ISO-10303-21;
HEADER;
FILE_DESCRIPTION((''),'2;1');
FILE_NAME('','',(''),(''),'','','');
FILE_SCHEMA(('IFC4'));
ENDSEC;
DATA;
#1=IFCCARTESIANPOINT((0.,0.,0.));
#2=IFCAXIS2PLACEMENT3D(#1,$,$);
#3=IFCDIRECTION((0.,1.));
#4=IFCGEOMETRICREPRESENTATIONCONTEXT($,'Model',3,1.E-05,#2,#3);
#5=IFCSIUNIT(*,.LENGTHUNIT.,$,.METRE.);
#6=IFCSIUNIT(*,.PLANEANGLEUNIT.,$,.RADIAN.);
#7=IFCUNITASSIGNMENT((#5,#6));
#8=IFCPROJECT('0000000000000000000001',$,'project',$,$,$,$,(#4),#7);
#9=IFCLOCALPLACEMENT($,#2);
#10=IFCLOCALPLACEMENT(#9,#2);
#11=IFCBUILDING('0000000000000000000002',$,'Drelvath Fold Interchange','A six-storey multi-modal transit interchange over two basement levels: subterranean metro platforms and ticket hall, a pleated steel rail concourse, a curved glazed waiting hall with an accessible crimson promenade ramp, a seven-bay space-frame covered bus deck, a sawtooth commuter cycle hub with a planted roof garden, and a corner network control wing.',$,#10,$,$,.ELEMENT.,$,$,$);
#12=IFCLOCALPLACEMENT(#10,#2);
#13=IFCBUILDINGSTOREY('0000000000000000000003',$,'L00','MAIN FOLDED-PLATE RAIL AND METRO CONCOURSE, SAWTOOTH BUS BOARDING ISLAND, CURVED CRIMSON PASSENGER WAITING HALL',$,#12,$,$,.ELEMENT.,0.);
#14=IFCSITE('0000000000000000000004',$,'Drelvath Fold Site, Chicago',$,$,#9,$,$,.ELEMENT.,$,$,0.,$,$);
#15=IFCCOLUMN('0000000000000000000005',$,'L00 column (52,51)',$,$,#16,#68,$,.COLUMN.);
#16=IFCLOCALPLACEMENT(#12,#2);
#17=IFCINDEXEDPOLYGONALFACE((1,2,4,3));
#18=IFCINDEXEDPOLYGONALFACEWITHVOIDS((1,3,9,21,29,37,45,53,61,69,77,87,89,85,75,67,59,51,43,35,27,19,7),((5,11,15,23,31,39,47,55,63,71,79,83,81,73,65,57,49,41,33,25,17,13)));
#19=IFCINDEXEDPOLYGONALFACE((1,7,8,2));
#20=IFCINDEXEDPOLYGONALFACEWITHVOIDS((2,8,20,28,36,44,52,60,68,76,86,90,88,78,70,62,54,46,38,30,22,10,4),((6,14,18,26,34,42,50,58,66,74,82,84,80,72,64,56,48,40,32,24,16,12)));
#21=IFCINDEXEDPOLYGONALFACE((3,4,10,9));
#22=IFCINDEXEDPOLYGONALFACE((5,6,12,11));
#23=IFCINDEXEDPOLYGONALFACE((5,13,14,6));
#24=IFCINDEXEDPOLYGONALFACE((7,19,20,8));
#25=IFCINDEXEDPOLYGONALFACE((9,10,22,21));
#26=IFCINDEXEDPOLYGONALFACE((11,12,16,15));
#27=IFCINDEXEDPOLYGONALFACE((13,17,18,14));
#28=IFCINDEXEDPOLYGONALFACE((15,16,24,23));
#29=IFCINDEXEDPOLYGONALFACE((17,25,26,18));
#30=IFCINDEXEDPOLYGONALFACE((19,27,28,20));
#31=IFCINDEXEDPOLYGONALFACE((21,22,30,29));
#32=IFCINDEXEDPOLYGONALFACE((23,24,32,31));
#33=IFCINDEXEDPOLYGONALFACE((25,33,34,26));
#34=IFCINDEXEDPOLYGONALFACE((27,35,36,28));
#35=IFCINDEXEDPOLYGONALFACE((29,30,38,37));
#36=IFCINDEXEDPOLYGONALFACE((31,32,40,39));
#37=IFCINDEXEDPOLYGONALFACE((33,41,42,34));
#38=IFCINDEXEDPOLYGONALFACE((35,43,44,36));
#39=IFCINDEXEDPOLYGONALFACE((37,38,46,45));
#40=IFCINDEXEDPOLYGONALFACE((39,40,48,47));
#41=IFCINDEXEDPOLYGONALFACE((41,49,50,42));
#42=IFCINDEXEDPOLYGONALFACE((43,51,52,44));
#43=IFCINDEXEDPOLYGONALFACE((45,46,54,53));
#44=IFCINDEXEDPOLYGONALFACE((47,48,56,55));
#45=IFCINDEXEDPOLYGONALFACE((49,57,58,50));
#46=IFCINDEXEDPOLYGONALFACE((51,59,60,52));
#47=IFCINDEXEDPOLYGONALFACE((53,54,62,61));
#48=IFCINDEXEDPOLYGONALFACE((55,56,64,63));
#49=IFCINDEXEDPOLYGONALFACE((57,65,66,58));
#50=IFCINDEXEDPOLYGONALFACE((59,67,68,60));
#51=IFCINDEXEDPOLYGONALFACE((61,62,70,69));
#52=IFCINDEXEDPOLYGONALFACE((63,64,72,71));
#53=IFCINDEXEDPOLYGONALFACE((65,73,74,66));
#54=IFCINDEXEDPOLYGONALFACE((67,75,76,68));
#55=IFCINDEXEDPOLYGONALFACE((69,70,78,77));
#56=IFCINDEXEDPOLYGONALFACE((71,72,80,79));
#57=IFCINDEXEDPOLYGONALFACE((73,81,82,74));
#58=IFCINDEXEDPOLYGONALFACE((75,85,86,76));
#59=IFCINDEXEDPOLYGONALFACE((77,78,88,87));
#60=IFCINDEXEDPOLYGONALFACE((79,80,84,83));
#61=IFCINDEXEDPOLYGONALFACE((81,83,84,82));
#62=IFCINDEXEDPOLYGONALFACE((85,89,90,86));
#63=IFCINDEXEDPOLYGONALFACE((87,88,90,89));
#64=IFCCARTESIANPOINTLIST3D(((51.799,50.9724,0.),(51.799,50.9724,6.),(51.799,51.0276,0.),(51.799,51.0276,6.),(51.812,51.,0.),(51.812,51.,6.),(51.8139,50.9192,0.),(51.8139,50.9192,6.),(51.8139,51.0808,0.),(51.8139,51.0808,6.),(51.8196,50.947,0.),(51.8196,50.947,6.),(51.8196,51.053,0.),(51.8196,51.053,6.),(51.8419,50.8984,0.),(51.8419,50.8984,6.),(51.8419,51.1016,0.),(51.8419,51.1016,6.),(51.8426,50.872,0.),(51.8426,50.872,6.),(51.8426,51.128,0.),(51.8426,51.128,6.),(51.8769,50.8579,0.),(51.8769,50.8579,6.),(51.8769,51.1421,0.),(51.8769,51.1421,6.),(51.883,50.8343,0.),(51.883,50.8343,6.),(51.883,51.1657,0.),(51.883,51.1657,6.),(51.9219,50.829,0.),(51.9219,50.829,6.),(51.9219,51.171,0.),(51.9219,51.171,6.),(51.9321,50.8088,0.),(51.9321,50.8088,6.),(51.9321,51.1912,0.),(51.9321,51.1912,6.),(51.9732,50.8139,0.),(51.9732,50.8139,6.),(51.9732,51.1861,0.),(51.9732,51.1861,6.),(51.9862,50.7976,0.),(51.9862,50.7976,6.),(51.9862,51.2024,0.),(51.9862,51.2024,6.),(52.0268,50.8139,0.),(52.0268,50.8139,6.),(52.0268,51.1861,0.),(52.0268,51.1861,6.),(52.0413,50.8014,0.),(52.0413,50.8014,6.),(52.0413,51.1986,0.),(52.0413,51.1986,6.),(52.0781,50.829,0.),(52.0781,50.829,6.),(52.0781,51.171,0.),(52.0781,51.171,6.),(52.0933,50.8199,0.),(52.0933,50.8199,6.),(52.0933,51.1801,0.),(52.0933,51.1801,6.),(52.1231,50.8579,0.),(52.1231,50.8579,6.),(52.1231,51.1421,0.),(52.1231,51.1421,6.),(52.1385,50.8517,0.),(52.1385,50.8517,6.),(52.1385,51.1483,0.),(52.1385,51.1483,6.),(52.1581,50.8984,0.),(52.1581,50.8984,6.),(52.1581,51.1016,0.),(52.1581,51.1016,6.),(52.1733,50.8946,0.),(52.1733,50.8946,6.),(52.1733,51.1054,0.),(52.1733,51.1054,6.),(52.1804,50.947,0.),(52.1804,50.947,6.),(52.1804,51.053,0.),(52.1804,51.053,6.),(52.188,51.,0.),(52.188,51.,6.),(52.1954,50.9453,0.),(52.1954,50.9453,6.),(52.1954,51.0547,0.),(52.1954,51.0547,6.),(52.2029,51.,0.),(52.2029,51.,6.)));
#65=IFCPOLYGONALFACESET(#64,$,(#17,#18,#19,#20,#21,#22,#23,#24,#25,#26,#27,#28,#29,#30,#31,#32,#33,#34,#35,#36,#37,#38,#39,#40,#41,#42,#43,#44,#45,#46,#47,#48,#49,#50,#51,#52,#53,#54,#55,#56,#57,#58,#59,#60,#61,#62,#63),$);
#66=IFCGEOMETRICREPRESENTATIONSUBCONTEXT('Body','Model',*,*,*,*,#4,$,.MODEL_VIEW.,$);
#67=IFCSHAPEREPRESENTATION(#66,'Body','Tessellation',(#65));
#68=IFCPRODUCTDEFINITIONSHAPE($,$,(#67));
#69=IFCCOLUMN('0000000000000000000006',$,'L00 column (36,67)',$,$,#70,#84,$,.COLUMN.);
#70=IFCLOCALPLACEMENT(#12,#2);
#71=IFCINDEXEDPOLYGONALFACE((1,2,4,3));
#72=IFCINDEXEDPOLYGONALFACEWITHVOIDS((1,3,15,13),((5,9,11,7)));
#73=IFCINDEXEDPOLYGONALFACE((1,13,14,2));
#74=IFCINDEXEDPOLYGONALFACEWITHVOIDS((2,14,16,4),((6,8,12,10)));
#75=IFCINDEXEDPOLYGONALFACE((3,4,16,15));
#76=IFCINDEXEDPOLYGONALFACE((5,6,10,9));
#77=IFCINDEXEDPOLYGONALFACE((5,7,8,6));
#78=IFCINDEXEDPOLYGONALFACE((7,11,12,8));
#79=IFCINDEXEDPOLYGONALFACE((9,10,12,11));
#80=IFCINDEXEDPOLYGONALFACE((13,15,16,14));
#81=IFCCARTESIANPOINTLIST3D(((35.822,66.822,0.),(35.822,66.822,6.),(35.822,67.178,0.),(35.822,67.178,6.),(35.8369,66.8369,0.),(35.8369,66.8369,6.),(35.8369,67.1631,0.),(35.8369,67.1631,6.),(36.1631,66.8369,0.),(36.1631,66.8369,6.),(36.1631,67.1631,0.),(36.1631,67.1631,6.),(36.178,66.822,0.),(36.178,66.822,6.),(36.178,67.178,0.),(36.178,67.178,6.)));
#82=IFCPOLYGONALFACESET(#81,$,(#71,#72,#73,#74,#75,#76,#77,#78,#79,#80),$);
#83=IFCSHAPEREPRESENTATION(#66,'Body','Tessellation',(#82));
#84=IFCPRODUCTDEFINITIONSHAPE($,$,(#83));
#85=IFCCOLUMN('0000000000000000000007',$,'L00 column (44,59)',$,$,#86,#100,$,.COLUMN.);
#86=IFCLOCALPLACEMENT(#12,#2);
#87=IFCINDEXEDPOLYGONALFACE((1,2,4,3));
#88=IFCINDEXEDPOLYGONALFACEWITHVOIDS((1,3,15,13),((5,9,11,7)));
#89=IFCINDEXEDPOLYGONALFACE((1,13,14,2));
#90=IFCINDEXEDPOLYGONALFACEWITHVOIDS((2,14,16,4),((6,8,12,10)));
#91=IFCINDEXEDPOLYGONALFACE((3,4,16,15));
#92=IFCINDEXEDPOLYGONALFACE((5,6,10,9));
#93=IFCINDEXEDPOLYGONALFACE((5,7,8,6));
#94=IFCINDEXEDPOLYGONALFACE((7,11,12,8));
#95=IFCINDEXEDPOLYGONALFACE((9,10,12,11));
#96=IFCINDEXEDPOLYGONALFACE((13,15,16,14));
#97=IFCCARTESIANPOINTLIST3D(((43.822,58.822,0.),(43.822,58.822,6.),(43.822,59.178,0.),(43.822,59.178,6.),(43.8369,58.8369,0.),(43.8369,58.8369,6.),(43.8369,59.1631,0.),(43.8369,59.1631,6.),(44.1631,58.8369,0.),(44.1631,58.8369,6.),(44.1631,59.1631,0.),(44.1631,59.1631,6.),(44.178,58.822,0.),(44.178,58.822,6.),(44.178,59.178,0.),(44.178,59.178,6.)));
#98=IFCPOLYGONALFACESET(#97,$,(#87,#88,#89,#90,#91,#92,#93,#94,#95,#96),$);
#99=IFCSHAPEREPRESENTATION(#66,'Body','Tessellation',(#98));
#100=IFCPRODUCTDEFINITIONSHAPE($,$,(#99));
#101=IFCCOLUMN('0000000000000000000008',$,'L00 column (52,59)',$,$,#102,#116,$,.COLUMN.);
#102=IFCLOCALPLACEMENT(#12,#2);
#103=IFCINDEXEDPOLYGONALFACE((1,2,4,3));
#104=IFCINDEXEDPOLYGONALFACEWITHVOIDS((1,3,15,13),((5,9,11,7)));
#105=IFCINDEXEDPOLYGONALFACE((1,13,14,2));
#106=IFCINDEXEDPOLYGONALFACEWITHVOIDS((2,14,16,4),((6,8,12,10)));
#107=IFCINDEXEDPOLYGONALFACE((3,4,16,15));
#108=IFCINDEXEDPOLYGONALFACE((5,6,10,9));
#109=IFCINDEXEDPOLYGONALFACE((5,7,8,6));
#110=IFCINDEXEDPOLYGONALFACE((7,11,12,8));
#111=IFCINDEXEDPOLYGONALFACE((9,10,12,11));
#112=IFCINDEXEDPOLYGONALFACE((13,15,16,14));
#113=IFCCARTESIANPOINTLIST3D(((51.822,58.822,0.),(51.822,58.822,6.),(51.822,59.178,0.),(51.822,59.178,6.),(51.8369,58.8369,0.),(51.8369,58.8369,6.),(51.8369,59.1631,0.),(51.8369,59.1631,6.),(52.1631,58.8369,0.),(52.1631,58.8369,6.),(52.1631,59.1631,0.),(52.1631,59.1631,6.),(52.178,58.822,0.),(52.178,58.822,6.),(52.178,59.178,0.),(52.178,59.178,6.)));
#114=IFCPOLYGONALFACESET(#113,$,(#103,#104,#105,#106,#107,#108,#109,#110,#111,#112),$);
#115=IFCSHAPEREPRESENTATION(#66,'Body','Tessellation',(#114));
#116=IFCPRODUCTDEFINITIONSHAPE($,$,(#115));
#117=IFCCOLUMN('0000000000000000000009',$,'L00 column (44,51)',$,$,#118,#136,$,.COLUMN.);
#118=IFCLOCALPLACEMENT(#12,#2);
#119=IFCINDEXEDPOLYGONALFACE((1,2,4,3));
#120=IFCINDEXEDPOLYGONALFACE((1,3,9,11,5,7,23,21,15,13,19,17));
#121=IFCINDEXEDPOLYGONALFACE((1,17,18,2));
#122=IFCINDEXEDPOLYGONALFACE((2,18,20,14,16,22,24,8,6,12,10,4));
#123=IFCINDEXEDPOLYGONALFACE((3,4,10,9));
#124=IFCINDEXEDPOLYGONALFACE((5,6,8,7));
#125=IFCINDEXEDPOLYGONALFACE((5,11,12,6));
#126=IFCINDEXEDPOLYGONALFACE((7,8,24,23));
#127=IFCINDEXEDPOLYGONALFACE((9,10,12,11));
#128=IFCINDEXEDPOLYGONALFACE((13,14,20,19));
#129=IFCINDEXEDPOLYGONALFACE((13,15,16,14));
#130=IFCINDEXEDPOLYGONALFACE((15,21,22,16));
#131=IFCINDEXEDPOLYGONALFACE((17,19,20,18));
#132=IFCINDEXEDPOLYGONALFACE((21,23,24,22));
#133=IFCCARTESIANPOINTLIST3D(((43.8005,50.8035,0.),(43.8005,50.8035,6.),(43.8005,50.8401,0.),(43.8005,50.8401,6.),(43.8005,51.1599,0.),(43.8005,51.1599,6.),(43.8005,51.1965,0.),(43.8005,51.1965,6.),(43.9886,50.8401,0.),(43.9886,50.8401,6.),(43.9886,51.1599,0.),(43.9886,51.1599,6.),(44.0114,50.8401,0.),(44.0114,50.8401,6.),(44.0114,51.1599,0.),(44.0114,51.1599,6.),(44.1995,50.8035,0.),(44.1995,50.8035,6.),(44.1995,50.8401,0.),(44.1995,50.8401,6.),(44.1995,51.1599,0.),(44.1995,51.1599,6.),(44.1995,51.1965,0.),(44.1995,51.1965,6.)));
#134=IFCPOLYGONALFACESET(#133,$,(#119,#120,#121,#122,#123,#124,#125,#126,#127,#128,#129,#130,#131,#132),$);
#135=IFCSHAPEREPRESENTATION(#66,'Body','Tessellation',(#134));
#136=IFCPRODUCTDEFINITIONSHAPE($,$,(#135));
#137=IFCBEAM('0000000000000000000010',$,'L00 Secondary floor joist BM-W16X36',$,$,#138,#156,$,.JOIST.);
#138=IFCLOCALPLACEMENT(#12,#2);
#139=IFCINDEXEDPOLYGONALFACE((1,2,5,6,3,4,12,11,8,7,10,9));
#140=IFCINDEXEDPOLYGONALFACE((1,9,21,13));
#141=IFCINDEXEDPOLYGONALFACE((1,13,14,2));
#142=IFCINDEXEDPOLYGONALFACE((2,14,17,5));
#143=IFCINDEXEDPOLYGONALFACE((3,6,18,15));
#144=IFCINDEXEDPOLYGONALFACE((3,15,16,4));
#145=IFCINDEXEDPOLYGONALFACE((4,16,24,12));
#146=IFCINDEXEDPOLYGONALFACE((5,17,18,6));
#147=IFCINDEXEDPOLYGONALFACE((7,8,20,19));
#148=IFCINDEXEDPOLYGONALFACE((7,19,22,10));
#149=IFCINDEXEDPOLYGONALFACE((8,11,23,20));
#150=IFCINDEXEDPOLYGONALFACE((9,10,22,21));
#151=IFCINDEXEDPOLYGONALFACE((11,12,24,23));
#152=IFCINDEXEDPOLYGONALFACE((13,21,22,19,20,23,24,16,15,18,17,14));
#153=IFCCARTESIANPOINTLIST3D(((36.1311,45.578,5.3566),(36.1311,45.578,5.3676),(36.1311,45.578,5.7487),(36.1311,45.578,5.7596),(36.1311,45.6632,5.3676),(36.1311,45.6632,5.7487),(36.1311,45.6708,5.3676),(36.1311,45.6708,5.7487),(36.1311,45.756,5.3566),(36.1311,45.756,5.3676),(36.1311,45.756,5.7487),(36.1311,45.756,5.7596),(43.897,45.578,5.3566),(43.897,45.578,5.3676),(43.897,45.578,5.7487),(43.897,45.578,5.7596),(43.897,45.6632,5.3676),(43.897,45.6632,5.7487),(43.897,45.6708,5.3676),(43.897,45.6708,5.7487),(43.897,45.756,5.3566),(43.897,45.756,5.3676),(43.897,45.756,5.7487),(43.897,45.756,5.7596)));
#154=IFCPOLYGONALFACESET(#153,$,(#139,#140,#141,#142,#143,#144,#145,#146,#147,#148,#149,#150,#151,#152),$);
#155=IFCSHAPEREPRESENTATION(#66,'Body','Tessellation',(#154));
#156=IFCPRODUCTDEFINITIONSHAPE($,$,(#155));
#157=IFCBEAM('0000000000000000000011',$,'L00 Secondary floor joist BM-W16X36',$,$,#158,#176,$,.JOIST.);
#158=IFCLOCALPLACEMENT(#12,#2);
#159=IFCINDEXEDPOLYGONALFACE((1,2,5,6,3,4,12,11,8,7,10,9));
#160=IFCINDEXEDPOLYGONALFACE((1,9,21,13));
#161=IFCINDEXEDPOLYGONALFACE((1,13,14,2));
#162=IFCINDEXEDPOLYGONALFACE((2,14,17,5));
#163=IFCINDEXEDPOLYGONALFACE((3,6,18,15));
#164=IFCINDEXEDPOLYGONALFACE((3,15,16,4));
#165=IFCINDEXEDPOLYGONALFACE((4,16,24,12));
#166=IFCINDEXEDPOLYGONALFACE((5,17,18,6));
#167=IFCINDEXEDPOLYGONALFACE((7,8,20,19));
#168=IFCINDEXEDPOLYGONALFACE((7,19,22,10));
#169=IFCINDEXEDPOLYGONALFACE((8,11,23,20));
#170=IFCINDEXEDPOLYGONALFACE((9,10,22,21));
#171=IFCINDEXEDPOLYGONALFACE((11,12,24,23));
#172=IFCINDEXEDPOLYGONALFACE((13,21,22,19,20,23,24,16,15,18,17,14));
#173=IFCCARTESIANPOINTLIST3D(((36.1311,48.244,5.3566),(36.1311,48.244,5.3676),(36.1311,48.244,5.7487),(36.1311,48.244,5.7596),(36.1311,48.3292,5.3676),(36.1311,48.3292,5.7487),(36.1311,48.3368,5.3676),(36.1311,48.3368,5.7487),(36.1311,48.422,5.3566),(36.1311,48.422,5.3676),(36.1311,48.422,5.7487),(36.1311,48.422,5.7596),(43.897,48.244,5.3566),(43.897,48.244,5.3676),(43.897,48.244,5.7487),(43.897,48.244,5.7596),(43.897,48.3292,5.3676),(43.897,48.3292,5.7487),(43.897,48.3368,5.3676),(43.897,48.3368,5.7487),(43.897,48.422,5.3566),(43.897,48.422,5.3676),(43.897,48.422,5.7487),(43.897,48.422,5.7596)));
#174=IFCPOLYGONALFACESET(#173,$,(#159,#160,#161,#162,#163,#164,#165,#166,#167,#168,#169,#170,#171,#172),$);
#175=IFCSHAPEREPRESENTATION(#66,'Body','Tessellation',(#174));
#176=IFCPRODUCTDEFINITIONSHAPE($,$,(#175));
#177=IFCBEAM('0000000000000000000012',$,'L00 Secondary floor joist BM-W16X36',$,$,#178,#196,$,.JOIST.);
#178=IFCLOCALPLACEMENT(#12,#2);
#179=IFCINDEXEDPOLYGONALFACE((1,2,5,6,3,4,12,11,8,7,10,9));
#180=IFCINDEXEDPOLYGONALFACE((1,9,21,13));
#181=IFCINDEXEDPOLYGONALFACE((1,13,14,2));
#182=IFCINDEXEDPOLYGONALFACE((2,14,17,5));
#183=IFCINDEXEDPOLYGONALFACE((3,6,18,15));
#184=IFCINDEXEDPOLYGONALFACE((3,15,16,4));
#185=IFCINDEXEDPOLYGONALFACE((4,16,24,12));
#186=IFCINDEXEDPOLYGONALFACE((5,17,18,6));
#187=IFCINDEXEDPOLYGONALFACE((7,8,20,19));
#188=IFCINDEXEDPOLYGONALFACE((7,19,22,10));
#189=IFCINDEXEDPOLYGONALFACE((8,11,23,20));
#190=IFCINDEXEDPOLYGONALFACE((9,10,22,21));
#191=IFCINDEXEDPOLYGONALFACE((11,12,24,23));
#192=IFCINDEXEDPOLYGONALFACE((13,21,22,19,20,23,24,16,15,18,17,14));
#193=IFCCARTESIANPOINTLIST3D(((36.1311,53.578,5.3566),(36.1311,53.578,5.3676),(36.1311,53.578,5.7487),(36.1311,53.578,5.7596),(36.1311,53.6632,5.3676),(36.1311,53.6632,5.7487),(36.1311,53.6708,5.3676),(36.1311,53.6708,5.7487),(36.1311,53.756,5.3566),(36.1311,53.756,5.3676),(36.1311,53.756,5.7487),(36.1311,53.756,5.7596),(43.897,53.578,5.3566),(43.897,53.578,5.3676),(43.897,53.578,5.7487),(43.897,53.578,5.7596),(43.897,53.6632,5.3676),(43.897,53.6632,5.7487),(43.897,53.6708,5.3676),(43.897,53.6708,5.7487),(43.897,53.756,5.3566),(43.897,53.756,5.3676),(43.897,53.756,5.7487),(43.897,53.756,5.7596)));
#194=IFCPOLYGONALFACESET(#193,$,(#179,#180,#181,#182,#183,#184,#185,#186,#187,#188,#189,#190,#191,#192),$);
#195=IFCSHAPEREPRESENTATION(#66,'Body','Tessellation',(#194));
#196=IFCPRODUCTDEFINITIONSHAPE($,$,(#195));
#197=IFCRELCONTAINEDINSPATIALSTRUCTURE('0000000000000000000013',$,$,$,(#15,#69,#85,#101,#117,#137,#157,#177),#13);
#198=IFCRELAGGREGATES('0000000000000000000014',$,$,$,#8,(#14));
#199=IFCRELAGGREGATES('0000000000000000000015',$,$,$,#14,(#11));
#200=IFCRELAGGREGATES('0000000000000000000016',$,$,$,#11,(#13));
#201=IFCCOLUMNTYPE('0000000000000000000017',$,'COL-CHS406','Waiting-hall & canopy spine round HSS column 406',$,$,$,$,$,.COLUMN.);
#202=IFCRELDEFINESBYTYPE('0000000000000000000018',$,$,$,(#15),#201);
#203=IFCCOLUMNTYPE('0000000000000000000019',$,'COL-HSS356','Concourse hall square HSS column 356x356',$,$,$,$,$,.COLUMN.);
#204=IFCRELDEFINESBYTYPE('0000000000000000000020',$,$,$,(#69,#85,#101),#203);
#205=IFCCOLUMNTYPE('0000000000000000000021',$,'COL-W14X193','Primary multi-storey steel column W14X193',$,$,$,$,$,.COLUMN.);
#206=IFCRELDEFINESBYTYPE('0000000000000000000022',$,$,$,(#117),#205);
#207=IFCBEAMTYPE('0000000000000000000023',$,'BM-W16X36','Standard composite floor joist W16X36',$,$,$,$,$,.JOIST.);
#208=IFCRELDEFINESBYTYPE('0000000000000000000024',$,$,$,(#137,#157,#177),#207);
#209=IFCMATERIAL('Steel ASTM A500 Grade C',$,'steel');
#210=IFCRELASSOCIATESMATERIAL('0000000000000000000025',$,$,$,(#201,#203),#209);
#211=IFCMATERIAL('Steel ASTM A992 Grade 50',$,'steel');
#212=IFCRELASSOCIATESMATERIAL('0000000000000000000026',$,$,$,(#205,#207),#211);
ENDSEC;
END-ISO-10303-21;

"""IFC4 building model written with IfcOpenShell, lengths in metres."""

from ifc_helpers import new_model, si_unit, direction, frame, origin, origin_2d, place, context, subcontext, project, spatial, hollow_rectangle, hollow_circle, i_section, extrude, material, material_profile, profile_set, type_object, element, save


model = new_model("IFC4")

# Units and contexts
model_context = context("Model", 3, precision=1e-05, world=origin(), true_north=direction((0.0, 1.0)))
body_context = subcontext(model_context, "Body", "Model", "MODEL_VIEW")
ifc_project = project(units=[si_unit("LENGTHUNIT", "METRE"), si_unit("PLANEANGLEUNIT", "RADIAN")], contexts=[model_context])

# Site, building, storey
site_placement = place(None, origin())
site = spatial("IfcSite", under=ifc_project, at=site_placement, Name="Drelvath Fold Site, Chicago", CompositionType="ELEMENT", RefElevation=0.0)
building_placement = place(site_placement, origin())
building = spatial("IfcBuilding", under=site, at=building_placement, Name="Drelvath Fold Interchange", Description="A six-storey multi-modal transit interchange over two basement levels: subterranean metro platforms and ticket hall, a pleated steel rail concourse, a curved glazed waiting hall with an accessible crimson promenade ramp, a seven-bay space-frame covered bus deck, a sawtooth commuter cycle hub with a planted roof garden, and a corner network control wing.", CompositionType="ELEMENT")
storey_placement = place(building_placement, origin())
storey = spatial("IfcBuildingStorey", under=building, at=storey_placement, Name="L00", Description="MAIN FOLDED-PLATE RAIL AND METRO CONCOURSE, SAWTOOTH BUS BOARDING ISLAND, CURVED CRIMSON PASSENGER WAITING HALL", CompositionType="ELEMENT", Elevation=0.0)

# Columns
ifc_material_1 = material(Name="Steel ASTM A500 Grade C", Category="steel")
ifc_material_profile_1 = material_profile(ifc_material_1, hollow_circle(Radius=0.2029, WallThickness=0.0149, at=origin_2d()), Name="HSS16.000X0.625")
ifc_profile_set_1 = profile_set([ifc_material_profile_1], Name="Steel ASTM A500 Grade C")
column_type_1 = type_object("IfcColumnType", Name="COL-CHS406", Description="Waiting-hall & canopy spine round HSS column 406", PredefinedType="COLUMN", material=ifc_profile_set_1)
column_1_placement = place(storey_placement, frame((52.0, 51.0, 0.0), z_axis=(0.0, 0.0, 1.0), x_axis=(1.0, 0.0, 0.0)))
element("IfcColumn", 1, at=column_1_placement, inside=storey, type_object=column_type_1, Name="L00 column (52,51)", PredefinedType="COLUMN", context=body_context, shape_type="SweptSolid", body=[
    extrude(hollow_circle(Radius=0.2029, WallThickness=0.0149, at=origin_2d()), origin(), (0.0, 0.0, 1.0), 6.0),
])
ifc_material_profile_2 = material_profile(ifc_material_1, hollow_rectangle(XDim=0.356, YDim=0.356, WallThickness=0.0149, at=origin_2d()), Name="HSS14X14X5/8")
ifc_profile_set_2 = profile_set([ifc_material_profile_2], Name="Steel ASTM A500 Grade C")
column_type_2 = type_object("IfcColumnType", Name="COL-HSS356", Description="Concourse hall square HSS column 356x356", PredefinedType="COLUMN", material=ifc_profile_set_2)
for number, where, z_axis, x_axis, name in (
    (2, (36.0, 67.0, 0.0), (0.0, 0.0, 1.0), (1.0, 0.0, 0.0), "L00 column (36,67)"),
    (3, (44.0, 59.0, 0.0), (0.0, 0.0, 1.0), (1.0, 0.0, 0.0), "L00 column (44,59)"),
    (4, (52.0, 59.0, 0.0), (0.0, 0.0, 1.0), (1.0, 0.0, 0.0), "L00 column (52,59)"),
):
    element("IfcColumn", number, at=place(storey_placement, frame(where, z_axis=z_axis, x_axis=x_axis)), inside=storey, type_object=column_type_2, Name=name, PredefinedType="COLUMN", context=body_context, shape_type="SweptSolid", body=[
        extrude(hollow_rectangle(XDim=0.356, YDim=0.356, WallThickness=0.0149, at=origin_2d()), origin(), (0.0, 0.0, 1.0), 6.0),
    ])
ifc_material_2 = material(Name="Steel ASTM A992 Grade 50", Category="steel")
ifc_material_profile_3 = material_profile(ifc_material_2, i_section(OverallWidth=0.3989, OverallDepth=0.3931, WebThickness=0.0227, FlangeThickness=0.0366, at=origin_2d()), Name="W14X193")
ifc_profile_set_3 = profile_set([ifc_material_profile_3], Name="Steel ASTM A992 Grade 50")
column_type_3 = type_object("IfcColumnType", Name="COL-W14X193", Description="Primary multi-storey steel column W14X193", PredefinedType="COLUMN", material=ifc_profile_set_3)
column_2_placement = place(storey_placement, frame((44.0, 51.0, 0.0), z_axis=(0.0, 0.0, 1.0), x_axis=(1.0, 0.0, 0.0)))
element("IfcColumn", 5, at=column_2_placement, inside=storey, type_object=column_type_3, Name="L00 column (44,51)", PredefinedType="COLUMN", context=body_context, shape_type="SweptSolid", body=[
    extrude(i_section(OverallWidth=0.3989, OverallDepth=0.3931, WebThickness=0.0227, FlangeThickness=0.0366, at=origin_2d()), origin(), (0.0, 0.0, 1.0), 6.0),
])

# Beams
ifc_material_profile_4 = material_profile(ifc_material_2, i_section(OverallWidth=0.178, OverallDepth=0.4031, WebThickness=0.0076, FlangeThickness=0.011, at=origin_2d()), Name="W16X36")
ifc_profile_set_4 = profile_set([ifc_material_profile_4], Name="Steel ASTM A992 Grade 50")
beam_type_1 = type_object("IfcBeamType", Name="BM-W16X36", Description="Standard composite floor joist W16X36", PredefinedType="JOIST", material=ifc_profile_set_4)
for number, where, z_axis, x_axis, name in (
    (6, (36.1311, 45.667, 5.5581), (1.0, 0.0, 0.0), (0.0, 1.0, 0.0), "L00 Secondary floor joist BM-W16X36"),
    (7, (36.1311, 48.333, 5.5581), (1.0, 0.0, 0.0), (0.0, 1.0, 0.0), "L00 Secondary floor joist BM-W16X36"),
    (8, (36.1311, 53.667, 5.5581), (1.0, 0.0, 0.0), (0.0, 1.0, 0.0), "L00 Secondary floor joist BM-W16X36"),
):
    element("IfcBeam", number, at=place(storey_placement, frame(where, z_axis=z_axis, x_axis=x_axis)), inside=storey, type_object=beam_type_1, Name=name, PredefinedType="JOIST", context=body_context, shape_type="SweptSolid", body=[
        extrude(i_section(OverallWidth=0.178, OverallDepth=0.4031, WebThickness=0.0076, FlangeThickness=0.011, at=origin_2d()), origin(), (0.0, 0.0, 1.0), 7.7659),
    ])

save(model, "model.ifc")
